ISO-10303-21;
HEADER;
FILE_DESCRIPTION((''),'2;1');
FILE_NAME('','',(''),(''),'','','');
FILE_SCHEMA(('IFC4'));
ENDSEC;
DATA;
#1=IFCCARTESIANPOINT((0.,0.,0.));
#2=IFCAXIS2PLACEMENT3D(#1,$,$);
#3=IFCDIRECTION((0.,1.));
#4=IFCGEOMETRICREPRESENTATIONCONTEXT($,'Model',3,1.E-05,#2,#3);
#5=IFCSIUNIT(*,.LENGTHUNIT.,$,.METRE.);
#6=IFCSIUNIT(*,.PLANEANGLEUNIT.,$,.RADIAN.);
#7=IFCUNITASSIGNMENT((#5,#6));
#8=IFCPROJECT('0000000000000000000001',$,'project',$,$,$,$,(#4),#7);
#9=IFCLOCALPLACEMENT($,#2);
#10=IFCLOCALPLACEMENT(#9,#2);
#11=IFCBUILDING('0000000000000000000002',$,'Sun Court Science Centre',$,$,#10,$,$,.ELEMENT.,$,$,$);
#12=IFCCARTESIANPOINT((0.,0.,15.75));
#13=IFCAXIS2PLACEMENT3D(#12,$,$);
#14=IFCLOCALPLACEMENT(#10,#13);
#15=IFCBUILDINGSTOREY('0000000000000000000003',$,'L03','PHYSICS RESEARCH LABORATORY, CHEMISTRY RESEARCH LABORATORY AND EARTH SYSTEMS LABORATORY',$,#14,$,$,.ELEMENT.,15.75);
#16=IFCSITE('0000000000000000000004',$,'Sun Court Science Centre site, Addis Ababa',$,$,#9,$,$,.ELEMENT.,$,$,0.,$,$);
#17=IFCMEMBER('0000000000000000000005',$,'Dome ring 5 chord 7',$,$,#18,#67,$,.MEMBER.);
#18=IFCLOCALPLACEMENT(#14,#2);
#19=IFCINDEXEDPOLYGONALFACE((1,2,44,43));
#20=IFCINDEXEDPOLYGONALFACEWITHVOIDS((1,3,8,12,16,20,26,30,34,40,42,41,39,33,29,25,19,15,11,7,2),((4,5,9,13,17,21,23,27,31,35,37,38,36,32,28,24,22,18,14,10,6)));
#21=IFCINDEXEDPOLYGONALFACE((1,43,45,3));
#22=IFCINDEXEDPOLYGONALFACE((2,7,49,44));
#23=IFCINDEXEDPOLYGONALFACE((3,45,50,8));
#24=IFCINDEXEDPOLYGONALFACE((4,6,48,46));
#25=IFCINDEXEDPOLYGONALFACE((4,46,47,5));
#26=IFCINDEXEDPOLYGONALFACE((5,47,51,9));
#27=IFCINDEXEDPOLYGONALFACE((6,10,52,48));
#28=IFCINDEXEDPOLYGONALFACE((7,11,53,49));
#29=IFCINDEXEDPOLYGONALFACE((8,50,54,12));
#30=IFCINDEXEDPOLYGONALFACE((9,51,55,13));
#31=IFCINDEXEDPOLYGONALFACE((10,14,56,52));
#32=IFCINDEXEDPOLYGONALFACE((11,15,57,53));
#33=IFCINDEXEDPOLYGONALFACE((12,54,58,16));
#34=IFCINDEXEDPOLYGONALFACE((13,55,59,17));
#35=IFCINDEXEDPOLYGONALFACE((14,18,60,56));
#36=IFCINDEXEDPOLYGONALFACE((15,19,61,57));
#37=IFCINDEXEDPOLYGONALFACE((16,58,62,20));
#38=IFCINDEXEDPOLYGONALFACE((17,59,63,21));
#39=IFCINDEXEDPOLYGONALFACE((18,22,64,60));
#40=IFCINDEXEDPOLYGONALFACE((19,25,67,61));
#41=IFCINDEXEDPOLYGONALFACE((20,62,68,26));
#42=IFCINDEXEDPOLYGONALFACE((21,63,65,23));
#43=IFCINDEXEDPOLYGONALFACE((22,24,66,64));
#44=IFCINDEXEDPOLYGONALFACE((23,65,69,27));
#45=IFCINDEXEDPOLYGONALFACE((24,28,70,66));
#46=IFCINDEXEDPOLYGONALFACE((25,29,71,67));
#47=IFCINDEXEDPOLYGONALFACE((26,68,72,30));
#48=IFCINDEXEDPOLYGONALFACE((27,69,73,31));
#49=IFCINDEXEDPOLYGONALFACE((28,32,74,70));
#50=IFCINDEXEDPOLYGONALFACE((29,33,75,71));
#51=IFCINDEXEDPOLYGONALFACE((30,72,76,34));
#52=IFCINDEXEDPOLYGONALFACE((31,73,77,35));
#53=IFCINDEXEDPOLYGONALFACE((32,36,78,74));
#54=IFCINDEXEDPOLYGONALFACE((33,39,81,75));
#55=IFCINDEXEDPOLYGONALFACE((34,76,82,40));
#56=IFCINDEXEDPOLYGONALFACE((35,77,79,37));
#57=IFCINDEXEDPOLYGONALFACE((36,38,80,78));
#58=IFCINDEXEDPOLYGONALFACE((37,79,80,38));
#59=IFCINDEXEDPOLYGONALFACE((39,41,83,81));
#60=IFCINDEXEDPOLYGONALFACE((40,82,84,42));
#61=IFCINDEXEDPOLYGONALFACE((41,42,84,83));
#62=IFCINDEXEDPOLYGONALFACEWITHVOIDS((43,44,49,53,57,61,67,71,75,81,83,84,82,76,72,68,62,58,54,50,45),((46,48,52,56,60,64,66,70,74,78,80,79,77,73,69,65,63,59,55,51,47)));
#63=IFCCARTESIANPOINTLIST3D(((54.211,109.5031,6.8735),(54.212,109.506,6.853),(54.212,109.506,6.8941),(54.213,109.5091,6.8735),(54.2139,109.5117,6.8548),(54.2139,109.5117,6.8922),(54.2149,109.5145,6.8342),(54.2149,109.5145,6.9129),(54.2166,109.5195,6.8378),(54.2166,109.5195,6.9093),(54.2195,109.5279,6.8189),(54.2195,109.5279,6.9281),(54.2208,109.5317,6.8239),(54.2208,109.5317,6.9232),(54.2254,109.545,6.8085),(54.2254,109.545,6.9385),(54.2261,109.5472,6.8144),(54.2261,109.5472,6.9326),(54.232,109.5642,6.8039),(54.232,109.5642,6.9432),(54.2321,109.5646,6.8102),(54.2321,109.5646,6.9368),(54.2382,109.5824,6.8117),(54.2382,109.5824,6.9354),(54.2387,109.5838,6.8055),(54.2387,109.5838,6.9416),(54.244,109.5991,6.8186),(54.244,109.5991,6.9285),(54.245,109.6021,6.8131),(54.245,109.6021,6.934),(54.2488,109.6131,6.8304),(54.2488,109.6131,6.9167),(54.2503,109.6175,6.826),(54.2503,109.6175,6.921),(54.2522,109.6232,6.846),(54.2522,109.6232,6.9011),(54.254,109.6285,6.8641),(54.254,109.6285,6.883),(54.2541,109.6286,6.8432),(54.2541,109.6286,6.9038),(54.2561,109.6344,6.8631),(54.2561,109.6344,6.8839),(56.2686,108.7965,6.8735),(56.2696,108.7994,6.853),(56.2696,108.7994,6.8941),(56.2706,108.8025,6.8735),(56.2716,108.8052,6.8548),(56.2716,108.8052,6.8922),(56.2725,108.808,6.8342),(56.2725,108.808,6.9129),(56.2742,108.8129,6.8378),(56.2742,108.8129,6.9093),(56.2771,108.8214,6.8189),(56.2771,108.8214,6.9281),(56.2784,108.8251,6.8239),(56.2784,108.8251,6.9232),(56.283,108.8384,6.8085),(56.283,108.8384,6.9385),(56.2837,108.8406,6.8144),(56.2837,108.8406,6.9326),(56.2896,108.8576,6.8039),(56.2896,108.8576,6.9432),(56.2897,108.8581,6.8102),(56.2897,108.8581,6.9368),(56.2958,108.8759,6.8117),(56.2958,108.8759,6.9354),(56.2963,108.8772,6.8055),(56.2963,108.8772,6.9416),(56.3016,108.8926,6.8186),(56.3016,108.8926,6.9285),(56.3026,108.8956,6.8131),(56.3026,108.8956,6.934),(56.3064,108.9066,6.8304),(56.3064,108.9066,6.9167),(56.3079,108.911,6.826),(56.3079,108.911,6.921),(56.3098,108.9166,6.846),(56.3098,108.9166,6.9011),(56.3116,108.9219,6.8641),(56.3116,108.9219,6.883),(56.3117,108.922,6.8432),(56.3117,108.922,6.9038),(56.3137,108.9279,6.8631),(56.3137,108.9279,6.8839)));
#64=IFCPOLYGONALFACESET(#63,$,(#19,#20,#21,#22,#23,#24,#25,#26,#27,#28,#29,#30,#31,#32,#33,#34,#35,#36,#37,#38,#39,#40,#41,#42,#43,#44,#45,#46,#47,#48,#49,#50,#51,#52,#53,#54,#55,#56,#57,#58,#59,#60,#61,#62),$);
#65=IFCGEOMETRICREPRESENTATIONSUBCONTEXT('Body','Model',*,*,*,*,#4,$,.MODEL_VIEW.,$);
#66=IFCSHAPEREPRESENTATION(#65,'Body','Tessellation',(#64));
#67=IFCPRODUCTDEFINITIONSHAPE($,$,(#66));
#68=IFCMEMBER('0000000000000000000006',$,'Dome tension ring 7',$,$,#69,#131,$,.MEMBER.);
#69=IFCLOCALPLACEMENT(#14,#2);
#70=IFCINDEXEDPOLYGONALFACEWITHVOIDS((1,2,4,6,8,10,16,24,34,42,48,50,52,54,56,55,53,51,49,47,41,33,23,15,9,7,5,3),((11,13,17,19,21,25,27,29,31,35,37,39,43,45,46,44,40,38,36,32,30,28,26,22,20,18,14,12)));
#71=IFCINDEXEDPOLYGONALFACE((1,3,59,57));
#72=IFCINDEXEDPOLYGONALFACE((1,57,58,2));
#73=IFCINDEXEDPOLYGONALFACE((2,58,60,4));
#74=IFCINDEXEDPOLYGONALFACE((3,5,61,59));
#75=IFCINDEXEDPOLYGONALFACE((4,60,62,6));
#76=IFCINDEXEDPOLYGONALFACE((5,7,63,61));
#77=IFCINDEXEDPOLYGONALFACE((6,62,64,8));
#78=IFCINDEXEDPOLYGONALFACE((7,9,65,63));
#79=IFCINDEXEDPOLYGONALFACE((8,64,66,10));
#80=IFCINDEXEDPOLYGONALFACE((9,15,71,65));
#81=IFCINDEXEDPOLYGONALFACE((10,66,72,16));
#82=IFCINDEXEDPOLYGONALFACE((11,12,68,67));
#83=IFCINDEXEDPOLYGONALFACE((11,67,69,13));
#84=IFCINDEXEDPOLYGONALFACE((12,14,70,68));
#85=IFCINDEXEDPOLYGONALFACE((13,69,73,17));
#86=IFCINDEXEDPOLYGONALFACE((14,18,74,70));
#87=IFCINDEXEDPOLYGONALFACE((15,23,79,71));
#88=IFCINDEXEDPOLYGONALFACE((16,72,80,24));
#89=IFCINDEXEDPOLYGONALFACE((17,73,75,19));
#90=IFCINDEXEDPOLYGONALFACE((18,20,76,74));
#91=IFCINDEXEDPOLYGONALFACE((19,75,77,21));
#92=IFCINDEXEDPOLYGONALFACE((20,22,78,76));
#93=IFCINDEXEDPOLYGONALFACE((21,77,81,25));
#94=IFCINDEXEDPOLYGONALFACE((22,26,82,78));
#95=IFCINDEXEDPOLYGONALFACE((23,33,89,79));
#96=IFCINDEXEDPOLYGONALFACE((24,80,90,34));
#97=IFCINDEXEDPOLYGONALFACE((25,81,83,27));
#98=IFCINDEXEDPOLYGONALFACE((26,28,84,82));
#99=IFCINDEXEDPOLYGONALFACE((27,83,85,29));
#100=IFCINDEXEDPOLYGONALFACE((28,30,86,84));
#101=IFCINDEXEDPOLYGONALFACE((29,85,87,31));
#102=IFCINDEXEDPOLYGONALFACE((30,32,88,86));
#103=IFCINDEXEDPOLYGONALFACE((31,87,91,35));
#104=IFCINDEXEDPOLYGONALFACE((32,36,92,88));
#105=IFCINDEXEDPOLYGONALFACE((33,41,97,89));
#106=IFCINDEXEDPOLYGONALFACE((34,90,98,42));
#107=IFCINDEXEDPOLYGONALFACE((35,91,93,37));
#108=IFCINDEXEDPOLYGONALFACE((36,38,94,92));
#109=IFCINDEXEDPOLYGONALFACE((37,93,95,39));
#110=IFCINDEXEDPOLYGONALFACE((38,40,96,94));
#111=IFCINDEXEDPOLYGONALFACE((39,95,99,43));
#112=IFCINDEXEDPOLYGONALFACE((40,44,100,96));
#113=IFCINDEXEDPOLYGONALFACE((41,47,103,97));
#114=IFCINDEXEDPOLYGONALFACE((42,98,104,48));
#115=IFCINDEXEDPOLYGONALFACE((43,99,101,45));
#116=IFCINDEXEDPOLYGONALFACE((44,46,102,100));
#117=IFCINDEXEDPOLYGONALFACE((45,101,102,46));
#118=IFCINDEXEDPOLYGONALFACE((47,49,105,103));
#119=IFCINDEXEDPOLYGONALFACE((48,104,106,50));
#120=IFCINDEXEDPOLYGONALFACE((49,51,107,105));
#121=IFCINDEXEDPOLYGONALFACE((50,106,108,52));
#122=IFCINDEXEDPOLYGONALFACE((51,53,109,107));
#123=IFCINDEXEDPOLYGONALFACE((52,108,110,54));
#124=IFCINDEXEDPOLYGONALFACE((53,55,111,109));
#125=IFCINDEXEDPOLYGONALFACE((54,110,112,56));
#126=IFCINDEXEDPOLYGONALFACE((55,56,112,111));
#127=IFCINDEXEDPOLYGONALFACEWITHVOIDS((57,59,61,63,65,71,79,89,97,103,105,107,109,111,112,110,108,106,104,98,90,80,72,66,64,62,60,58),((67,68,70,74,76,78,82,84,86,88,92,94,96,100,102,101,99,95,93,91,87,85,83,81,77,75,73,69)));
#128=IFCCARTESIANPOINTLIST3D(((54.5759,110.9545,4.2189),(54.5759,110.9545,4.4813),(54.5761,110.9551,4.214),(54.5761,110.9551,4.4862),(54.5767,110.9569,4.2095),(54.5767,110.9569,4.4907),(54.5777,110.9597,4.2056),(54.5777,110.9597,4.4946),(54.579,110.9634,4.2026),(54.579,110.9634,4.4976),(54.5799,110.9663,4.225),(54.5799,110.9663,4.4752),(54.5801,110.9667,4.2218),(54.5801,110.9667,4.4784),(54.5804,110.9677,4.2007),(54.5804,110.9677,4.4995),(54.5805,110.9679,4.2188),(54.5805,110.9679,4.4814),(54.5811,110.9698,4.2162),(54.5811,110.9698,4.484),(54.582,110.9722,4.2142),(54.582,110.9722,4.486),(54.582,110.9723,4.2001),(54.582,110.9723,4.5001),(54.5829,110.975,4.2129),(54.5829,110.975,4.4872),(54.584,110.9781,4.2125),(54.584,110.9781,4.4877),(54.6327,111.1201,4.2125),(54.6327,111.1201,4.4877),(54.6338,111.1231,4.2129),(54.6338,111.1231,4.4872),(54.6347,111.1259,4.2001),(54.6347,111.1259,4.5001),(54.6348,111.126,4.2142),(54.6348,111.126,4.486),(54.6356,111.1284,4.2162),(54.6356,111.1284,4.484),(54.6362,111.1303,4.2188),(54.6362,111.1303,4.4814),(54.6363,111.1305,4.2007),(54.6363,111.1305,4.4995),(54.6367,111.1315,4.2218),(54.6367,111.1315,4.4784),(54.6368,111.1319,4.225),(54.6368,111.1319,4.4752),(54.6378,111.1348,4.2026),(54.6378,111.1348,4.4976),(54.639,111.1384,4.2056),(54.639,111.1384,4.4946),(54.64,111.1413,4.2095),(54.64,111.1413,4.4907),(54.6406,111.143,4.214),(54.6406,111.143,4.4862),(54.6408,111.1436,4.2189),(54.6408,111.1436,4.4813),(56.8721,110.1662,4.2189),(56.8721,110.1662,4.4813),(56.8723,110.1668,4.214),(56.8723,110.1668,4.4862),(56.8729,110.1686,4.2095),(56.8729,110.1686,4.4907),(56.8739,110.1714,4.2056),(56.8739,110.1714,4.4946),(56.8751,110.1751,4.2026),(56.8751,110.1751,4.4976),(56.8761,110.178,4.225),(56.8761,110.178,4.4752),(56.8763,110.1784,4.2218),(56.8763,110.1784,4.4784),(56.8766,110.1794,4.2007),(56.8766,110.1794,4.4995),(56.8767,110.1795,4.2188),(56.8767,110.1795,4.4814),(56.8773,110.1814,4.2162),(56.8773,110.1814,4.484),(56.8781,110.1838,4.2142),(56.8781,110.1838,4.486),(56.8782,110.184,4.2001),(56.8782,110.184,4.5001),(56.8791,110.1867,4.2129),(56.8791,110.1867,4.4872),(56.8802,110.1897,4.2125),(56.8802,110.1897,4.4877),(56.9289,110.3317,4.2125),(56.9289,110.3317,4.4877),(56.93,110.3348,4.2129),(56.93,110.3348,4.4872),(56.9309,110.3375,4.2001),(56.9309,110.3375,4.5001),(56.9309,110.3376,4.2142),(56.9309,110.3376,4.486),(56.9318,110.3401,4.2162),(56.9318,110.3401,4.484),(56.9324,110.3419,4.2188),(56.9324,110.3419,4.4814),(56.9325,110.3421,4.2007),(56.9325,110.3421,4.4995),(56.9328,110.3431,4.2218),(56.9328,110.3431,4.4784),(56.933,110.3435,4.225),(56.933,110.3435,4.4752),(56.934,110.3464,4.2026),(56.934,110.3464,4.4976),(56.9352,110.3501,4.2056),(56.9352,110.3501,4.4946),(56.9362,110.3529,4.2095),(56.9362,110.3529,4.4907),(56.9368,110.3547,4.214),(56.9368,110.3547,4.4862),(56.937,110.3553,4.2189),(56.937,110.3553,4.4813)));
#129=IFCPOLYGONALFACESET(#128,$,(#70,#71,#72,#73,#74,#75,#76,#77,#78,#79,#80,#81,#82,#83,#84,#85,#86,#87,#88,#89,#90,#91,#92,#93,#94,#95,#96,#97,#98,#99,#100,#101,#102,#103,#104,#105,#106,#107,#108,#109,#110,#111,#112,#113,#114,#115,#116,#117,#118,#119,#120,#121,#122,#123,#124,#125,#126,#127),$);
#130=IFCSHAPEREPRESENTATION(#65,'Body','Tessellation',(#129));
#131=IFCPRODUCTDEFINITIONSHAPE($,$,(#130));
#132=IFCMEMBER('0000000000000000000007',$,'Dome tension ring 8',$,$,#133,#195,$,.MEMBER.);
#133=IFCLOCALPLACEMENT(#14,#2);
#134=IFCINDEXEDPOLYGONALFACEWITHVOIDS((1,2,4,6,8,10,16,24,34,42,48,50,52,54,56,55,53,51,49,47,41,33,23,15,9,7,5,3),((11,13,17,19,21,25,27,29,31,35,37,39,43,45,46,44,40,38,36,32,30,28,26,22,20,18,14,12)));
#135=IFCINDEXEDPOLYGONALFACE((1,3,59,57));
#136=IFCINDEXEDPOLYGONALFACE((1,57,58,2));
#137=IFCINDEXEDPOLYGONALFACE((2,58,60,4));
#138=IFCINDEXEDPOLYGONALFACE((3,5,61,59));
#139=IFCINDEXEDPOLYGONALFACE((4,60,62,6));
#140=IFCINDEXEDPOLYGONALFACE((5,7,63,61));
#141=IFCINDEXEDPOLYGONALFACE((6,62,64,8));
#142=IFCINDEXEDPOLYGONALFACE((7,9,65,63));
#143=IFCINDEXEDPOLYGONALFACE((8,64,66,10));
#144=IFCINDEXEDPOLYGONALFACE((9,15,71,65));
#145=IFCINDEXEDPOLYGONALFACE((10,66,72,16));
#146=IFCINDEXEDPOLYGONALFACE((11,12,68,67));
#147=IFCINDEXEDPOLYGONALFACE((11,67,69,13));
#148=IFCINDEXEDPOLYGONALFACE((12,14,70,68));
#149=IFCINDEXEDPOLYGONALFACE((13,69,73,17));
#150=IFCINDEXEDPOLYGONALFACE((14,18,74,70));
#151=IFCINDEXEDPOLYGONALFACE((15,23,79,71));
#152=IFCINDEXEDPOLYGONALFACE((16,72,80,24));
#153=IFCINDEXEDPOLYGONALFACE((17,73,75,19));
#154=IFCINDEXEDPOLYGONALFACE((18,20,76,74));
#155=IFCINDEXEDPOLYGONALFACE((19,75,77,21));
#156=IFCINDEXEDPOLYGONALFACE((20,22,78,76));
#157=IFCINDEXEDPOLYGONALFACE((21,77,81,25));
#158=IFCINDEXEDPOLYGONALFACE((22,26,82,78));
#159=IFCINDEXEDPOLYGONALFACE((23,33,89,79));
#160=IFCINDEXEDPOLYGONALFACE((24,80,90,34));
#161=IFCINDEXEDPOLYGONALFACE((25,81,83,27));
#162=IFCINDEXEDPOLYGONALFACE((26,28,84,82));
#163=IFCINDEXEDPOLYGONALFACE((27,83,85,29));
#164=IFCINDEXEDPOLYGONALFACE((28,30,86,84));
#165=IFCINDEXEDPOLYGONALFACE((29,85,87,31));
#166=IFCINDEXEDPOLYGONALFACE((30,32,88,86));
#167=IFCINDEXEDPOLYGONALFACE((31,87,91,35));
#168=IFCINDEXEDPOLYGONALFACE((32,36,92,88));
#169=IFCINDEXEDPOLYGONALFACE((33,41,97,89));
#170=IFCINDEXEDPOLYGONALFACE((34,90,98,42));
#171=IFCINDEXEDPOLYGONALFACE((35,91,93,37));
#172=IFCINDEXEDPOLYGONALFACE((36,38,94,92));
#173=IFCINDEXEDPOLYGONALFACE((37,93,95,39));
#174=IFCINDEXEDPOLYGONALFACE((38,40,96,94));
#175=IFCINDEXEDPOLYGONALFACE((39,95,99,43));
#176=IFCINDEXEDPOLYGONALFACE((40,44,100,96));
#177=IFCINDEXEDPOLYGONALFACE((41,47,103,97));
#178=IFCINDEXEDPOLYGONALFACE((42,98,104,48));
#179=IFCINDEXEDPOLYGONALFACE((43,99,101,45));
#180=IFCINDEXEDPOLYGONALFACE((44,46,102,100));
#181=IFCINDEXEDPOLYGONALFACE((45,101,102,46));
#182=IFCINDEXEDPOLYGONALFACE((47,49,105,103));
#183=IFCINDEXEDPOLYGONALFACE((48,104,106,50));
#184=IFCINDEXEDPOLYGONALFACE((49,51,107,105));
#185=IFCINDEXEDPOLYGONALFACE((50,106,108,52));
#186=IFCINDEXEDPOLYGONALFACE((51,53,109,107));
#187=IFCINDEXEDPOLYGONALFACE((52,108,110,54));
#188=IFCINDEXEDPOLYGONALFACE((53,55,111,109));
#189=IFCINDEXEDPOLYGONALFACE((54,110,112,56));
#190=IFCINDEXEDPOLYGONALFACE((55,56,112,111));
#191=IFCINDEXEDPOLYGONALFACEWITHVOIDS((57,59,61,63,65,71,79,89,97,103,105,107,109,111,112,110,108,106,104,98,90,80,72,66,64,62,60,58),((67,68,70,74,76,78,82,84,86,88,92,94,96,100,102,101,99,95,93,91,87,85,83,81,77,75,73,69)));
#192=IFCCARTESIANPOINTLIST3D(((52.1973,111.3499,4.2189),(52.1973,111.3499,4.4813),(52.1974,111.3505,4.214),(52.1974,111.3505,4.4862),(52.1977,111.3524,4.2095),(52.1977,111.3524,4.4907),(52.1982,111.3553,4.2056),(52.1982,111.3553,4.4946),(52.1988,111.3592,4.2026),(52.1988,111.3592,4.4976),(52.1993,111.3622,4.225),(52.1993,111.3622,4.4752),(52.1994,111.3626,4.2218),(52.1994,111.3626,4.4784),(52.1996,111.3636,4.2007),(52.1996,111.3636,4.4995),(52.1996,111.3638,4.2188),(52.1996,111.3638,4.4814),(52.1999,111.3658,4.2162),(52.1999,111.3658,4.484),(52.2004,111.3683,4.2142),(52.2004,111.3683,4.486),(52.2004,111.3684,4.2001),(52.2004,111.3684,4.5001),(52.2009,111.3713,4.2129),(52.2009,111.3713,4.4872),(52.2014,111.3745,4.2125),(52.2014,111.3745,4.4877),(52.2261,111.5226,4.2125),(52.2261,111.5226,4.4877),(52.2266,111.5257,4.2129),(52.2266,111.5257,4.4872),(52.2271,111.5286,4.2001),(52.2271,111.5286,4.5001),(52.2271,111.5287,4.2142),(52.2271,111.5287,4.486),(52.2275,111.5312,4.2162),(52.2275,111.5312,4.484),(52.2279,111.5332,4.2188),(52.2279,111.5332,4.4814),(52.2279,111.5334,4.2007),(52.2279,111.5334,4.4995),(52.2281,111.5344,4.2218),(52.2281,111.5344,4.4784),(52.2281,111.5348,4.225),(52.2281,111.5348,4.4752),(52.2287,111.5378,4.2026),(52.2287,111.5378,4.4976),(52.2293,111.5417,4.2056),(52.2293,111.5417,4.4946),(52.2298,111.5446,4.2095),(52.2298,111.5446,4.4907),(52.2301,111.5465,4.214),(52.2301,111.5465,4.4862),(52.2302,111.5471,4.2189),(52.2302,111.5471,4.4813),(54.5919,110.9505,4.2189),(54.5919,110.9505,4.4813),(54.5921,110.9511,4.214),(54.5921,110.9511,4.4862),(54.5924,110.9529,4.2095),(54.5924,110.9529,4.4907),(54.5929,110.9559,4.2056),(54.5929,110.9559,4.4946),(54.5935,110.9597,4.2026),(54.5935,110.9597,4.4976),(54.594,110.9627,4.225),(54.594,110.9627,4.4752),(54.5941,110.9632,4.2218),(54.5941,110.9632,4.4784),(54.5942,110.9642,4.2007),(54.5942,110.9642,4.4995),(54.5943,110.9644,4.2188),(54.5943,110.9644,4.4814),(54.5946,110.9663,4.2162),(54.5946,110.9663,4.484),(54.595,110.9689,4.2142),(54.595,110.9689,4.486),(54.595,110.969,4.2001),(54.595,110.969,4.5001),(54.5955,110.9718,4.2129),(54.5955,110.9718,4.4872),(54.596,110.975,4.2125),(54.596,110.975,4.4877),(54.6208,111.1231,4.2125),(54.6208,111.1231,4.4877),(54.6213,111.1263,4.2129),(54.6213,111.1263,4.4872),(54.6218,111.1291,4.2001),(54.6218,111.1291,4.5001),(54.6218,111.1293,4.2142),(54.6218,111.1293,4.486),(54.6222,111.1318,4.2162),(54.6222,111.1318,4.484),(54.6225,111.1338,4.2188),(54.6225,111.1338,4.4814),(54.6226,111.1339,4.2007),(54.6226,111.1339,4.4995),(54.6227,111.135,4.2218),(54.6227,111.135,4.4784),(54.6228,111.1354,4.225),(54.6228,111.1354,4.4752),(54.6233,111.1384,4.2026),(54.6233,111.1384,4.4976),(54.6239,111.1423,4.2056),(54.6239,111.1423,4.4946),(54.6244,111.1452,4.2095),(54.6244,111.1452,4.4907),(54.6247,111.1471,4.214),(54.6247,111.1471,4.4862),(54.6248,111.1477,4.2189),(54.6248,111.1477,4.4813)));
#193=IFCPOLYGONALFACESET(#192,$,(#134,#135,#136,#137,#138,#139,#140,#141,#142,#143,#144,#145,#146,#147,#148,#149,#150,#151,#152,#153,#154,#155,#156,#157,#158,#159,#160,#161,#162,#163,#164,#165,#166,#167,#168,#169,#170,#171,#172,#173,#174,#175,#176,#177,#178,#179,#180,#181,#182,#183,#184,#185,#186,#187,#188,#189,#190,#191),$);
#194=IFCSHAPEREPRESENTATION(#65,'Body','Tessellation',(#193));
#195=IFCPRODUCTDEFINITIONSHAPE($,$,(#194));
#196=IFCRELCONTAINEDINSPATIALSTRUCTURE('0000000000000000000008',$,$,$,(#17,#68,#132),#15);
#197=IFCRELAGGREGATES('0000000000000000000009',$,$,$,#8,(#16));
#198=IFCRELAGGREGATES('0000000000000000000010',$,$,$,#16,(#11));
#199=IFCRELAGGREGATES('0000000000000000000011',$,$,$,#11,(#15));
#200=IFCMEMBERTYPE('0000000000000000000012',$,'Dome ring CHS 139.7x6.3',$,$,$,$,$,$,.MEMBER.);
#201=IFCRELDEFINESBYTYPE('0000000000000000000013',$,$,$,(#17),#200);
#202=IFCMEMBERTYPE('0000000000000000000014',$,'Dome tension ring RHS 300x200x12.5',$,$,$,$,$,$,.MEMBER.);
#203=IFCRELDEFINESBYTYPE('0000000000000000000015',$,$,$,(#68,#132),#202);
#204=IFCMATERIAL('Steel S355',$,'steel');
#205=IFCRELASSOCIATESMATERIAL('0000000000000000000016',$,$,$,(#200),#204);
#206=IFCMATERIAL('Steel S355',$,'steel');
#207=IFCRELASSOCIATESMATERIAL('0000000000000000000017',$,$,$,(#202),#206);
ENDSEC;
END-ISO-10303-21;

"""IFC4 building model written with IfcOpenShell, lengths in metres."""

from ifc_helpers import new_model, si_unit, direction, frame, origin, origin_2d, place, context, subcontext, project, spatial, hollow_rectangle, hollow_circle, extrude, material, material_profile, profile_set, type_object, element, save


model = new_model("IFC4")

# Units and contexts
model_context = context("Model", 3, precision=1e-05, world=origin(), true_north=direction((0.0, 1.0)))
body_context = subcontext(model_context, "Body", "Model", "MODEL_VIEW")
ifc_project = project(units=[si_unit("LENGTHUNIT", "METRE"), si_unit("PLANEANGLEUNIT", "RADIAN")], contexts=[model_context])

# Site, building, storey
site_placement = place(None, origin())
site = spatial("IfcSite", under=ifc_project, at=site_placement, Name="Sun Court Science Centre site, Addis Ababa", CompositionType="ELEMENT", RefElevation=0.0)
building_placement = place(site_placement, origin())
building = spatial("IfcBuilding", under=site, at=building_placement, Name="Sun Court Science Centre", CompositionType="ELEMENT")
storey_placement = place(building_placement, frame((0.0, 0.0, 15.75)))
storey = spatial("IfcBuildingStorey", under=building, at=storey_placement, Name="L03", Description="PHYSICS RESEARCH LABORATORY, CHEMISTRY RESEARCH LABORATORY AND EARTH SYSTEMS LABORATORY", CompositionType="ELEMENT", Elevation=15.75)

# Members
ifc_material_1 = material(Name="Steel S355", Category="steel")
ifc_material_profile_1 = material_profile(ifc_material_1, hollow_circle(Radius=0.0698, WallThickness=0.0063, at=origin_2d()), Name="CHS 139.7x6.3")
ifc_profile_set_1 = profile_set([ifc_material_profile_1], Name="Steel S355")
member_type_1 = type_object("IfcMemberType", Name="Dome ring CHS 139.7x6.3", PredefinedType="MEMBER", material=ifc_profile_set_1)
member_1_placement = place(storey_placement, frame((56.2913, 108.8625, 6.8735), z_axis=(-0.945794, 0.324766, 0.0), x_axis=(-0.324766, -0.945794, 0.0)))
element("IfcMember", 1, at=member_1_placement, inside=storey, type_object=member_type_1, Name="Dome ring 5 chord 7", PredefinedType="MEMBER", context=body_context, shape_type="SweptSolid", body=[
    extrude(hollow_circle(Radius=0.0698, WallThickness=0.0063, at=origin_2d()), origin(), (0.0, 0.0, 1.0), 2.1755),
])
ifc_material_2 = material(Name="Steel S355", Category="steel")
ifc_material_profile_2 = material_profile(ifc_material_2, hollow_rectangle(XDim=0.2, YDim=0.3, WallThickness=0.0125, InnerFilletRadius=0.0125, OuterFilletRadius=0.0188, at=origin_2d()), Name="RHS 300x200x12.5")
ifc_profile_set_2 = profile_set([ifc_material_profile_2], Name="Steel S355")
member_type_2 = type_object("IfcMemberType", Name="Dome tension ring RHS 300x200x12.5", PredefinedType="MEMBER", material=ifc_profile_set_2)
for number, where, z_axis, x_axis, name in (
    (2, (56.9045, 110.2607, 4.3501), (-0.945809, 0.324723, 0.0), (-0.324723, -0.945809, 0.0), "Dome tension ring 7"),
    (3, (54.6084, 111.0491, 4.3501), (-0.986372, 0.164529, 0.0), (-0.164529, -0.986372, 0.0), "Dome tension ring 8"),
):
    element("IfcMember", number, at=place(storey_placement, frame(where, z_axis=z_axis, x_axis=x_axis)), inside=storey, type_object=member_type_2, Name=name, PredefinedType="MEMBER", context=body_context, shape_type="SweptSolid", body=[
        extrude(hollow_rectangle(XDim=0.2, YDim=0.3, WallThickness=0.0125, InnerFilletRadius=0.0125, OuterFilletRadius=0.0188, at=origin_2d()), origin(), (0.0, 0.0, 1.0), 2.4277),
    ])

save(model, "model.ifc")
